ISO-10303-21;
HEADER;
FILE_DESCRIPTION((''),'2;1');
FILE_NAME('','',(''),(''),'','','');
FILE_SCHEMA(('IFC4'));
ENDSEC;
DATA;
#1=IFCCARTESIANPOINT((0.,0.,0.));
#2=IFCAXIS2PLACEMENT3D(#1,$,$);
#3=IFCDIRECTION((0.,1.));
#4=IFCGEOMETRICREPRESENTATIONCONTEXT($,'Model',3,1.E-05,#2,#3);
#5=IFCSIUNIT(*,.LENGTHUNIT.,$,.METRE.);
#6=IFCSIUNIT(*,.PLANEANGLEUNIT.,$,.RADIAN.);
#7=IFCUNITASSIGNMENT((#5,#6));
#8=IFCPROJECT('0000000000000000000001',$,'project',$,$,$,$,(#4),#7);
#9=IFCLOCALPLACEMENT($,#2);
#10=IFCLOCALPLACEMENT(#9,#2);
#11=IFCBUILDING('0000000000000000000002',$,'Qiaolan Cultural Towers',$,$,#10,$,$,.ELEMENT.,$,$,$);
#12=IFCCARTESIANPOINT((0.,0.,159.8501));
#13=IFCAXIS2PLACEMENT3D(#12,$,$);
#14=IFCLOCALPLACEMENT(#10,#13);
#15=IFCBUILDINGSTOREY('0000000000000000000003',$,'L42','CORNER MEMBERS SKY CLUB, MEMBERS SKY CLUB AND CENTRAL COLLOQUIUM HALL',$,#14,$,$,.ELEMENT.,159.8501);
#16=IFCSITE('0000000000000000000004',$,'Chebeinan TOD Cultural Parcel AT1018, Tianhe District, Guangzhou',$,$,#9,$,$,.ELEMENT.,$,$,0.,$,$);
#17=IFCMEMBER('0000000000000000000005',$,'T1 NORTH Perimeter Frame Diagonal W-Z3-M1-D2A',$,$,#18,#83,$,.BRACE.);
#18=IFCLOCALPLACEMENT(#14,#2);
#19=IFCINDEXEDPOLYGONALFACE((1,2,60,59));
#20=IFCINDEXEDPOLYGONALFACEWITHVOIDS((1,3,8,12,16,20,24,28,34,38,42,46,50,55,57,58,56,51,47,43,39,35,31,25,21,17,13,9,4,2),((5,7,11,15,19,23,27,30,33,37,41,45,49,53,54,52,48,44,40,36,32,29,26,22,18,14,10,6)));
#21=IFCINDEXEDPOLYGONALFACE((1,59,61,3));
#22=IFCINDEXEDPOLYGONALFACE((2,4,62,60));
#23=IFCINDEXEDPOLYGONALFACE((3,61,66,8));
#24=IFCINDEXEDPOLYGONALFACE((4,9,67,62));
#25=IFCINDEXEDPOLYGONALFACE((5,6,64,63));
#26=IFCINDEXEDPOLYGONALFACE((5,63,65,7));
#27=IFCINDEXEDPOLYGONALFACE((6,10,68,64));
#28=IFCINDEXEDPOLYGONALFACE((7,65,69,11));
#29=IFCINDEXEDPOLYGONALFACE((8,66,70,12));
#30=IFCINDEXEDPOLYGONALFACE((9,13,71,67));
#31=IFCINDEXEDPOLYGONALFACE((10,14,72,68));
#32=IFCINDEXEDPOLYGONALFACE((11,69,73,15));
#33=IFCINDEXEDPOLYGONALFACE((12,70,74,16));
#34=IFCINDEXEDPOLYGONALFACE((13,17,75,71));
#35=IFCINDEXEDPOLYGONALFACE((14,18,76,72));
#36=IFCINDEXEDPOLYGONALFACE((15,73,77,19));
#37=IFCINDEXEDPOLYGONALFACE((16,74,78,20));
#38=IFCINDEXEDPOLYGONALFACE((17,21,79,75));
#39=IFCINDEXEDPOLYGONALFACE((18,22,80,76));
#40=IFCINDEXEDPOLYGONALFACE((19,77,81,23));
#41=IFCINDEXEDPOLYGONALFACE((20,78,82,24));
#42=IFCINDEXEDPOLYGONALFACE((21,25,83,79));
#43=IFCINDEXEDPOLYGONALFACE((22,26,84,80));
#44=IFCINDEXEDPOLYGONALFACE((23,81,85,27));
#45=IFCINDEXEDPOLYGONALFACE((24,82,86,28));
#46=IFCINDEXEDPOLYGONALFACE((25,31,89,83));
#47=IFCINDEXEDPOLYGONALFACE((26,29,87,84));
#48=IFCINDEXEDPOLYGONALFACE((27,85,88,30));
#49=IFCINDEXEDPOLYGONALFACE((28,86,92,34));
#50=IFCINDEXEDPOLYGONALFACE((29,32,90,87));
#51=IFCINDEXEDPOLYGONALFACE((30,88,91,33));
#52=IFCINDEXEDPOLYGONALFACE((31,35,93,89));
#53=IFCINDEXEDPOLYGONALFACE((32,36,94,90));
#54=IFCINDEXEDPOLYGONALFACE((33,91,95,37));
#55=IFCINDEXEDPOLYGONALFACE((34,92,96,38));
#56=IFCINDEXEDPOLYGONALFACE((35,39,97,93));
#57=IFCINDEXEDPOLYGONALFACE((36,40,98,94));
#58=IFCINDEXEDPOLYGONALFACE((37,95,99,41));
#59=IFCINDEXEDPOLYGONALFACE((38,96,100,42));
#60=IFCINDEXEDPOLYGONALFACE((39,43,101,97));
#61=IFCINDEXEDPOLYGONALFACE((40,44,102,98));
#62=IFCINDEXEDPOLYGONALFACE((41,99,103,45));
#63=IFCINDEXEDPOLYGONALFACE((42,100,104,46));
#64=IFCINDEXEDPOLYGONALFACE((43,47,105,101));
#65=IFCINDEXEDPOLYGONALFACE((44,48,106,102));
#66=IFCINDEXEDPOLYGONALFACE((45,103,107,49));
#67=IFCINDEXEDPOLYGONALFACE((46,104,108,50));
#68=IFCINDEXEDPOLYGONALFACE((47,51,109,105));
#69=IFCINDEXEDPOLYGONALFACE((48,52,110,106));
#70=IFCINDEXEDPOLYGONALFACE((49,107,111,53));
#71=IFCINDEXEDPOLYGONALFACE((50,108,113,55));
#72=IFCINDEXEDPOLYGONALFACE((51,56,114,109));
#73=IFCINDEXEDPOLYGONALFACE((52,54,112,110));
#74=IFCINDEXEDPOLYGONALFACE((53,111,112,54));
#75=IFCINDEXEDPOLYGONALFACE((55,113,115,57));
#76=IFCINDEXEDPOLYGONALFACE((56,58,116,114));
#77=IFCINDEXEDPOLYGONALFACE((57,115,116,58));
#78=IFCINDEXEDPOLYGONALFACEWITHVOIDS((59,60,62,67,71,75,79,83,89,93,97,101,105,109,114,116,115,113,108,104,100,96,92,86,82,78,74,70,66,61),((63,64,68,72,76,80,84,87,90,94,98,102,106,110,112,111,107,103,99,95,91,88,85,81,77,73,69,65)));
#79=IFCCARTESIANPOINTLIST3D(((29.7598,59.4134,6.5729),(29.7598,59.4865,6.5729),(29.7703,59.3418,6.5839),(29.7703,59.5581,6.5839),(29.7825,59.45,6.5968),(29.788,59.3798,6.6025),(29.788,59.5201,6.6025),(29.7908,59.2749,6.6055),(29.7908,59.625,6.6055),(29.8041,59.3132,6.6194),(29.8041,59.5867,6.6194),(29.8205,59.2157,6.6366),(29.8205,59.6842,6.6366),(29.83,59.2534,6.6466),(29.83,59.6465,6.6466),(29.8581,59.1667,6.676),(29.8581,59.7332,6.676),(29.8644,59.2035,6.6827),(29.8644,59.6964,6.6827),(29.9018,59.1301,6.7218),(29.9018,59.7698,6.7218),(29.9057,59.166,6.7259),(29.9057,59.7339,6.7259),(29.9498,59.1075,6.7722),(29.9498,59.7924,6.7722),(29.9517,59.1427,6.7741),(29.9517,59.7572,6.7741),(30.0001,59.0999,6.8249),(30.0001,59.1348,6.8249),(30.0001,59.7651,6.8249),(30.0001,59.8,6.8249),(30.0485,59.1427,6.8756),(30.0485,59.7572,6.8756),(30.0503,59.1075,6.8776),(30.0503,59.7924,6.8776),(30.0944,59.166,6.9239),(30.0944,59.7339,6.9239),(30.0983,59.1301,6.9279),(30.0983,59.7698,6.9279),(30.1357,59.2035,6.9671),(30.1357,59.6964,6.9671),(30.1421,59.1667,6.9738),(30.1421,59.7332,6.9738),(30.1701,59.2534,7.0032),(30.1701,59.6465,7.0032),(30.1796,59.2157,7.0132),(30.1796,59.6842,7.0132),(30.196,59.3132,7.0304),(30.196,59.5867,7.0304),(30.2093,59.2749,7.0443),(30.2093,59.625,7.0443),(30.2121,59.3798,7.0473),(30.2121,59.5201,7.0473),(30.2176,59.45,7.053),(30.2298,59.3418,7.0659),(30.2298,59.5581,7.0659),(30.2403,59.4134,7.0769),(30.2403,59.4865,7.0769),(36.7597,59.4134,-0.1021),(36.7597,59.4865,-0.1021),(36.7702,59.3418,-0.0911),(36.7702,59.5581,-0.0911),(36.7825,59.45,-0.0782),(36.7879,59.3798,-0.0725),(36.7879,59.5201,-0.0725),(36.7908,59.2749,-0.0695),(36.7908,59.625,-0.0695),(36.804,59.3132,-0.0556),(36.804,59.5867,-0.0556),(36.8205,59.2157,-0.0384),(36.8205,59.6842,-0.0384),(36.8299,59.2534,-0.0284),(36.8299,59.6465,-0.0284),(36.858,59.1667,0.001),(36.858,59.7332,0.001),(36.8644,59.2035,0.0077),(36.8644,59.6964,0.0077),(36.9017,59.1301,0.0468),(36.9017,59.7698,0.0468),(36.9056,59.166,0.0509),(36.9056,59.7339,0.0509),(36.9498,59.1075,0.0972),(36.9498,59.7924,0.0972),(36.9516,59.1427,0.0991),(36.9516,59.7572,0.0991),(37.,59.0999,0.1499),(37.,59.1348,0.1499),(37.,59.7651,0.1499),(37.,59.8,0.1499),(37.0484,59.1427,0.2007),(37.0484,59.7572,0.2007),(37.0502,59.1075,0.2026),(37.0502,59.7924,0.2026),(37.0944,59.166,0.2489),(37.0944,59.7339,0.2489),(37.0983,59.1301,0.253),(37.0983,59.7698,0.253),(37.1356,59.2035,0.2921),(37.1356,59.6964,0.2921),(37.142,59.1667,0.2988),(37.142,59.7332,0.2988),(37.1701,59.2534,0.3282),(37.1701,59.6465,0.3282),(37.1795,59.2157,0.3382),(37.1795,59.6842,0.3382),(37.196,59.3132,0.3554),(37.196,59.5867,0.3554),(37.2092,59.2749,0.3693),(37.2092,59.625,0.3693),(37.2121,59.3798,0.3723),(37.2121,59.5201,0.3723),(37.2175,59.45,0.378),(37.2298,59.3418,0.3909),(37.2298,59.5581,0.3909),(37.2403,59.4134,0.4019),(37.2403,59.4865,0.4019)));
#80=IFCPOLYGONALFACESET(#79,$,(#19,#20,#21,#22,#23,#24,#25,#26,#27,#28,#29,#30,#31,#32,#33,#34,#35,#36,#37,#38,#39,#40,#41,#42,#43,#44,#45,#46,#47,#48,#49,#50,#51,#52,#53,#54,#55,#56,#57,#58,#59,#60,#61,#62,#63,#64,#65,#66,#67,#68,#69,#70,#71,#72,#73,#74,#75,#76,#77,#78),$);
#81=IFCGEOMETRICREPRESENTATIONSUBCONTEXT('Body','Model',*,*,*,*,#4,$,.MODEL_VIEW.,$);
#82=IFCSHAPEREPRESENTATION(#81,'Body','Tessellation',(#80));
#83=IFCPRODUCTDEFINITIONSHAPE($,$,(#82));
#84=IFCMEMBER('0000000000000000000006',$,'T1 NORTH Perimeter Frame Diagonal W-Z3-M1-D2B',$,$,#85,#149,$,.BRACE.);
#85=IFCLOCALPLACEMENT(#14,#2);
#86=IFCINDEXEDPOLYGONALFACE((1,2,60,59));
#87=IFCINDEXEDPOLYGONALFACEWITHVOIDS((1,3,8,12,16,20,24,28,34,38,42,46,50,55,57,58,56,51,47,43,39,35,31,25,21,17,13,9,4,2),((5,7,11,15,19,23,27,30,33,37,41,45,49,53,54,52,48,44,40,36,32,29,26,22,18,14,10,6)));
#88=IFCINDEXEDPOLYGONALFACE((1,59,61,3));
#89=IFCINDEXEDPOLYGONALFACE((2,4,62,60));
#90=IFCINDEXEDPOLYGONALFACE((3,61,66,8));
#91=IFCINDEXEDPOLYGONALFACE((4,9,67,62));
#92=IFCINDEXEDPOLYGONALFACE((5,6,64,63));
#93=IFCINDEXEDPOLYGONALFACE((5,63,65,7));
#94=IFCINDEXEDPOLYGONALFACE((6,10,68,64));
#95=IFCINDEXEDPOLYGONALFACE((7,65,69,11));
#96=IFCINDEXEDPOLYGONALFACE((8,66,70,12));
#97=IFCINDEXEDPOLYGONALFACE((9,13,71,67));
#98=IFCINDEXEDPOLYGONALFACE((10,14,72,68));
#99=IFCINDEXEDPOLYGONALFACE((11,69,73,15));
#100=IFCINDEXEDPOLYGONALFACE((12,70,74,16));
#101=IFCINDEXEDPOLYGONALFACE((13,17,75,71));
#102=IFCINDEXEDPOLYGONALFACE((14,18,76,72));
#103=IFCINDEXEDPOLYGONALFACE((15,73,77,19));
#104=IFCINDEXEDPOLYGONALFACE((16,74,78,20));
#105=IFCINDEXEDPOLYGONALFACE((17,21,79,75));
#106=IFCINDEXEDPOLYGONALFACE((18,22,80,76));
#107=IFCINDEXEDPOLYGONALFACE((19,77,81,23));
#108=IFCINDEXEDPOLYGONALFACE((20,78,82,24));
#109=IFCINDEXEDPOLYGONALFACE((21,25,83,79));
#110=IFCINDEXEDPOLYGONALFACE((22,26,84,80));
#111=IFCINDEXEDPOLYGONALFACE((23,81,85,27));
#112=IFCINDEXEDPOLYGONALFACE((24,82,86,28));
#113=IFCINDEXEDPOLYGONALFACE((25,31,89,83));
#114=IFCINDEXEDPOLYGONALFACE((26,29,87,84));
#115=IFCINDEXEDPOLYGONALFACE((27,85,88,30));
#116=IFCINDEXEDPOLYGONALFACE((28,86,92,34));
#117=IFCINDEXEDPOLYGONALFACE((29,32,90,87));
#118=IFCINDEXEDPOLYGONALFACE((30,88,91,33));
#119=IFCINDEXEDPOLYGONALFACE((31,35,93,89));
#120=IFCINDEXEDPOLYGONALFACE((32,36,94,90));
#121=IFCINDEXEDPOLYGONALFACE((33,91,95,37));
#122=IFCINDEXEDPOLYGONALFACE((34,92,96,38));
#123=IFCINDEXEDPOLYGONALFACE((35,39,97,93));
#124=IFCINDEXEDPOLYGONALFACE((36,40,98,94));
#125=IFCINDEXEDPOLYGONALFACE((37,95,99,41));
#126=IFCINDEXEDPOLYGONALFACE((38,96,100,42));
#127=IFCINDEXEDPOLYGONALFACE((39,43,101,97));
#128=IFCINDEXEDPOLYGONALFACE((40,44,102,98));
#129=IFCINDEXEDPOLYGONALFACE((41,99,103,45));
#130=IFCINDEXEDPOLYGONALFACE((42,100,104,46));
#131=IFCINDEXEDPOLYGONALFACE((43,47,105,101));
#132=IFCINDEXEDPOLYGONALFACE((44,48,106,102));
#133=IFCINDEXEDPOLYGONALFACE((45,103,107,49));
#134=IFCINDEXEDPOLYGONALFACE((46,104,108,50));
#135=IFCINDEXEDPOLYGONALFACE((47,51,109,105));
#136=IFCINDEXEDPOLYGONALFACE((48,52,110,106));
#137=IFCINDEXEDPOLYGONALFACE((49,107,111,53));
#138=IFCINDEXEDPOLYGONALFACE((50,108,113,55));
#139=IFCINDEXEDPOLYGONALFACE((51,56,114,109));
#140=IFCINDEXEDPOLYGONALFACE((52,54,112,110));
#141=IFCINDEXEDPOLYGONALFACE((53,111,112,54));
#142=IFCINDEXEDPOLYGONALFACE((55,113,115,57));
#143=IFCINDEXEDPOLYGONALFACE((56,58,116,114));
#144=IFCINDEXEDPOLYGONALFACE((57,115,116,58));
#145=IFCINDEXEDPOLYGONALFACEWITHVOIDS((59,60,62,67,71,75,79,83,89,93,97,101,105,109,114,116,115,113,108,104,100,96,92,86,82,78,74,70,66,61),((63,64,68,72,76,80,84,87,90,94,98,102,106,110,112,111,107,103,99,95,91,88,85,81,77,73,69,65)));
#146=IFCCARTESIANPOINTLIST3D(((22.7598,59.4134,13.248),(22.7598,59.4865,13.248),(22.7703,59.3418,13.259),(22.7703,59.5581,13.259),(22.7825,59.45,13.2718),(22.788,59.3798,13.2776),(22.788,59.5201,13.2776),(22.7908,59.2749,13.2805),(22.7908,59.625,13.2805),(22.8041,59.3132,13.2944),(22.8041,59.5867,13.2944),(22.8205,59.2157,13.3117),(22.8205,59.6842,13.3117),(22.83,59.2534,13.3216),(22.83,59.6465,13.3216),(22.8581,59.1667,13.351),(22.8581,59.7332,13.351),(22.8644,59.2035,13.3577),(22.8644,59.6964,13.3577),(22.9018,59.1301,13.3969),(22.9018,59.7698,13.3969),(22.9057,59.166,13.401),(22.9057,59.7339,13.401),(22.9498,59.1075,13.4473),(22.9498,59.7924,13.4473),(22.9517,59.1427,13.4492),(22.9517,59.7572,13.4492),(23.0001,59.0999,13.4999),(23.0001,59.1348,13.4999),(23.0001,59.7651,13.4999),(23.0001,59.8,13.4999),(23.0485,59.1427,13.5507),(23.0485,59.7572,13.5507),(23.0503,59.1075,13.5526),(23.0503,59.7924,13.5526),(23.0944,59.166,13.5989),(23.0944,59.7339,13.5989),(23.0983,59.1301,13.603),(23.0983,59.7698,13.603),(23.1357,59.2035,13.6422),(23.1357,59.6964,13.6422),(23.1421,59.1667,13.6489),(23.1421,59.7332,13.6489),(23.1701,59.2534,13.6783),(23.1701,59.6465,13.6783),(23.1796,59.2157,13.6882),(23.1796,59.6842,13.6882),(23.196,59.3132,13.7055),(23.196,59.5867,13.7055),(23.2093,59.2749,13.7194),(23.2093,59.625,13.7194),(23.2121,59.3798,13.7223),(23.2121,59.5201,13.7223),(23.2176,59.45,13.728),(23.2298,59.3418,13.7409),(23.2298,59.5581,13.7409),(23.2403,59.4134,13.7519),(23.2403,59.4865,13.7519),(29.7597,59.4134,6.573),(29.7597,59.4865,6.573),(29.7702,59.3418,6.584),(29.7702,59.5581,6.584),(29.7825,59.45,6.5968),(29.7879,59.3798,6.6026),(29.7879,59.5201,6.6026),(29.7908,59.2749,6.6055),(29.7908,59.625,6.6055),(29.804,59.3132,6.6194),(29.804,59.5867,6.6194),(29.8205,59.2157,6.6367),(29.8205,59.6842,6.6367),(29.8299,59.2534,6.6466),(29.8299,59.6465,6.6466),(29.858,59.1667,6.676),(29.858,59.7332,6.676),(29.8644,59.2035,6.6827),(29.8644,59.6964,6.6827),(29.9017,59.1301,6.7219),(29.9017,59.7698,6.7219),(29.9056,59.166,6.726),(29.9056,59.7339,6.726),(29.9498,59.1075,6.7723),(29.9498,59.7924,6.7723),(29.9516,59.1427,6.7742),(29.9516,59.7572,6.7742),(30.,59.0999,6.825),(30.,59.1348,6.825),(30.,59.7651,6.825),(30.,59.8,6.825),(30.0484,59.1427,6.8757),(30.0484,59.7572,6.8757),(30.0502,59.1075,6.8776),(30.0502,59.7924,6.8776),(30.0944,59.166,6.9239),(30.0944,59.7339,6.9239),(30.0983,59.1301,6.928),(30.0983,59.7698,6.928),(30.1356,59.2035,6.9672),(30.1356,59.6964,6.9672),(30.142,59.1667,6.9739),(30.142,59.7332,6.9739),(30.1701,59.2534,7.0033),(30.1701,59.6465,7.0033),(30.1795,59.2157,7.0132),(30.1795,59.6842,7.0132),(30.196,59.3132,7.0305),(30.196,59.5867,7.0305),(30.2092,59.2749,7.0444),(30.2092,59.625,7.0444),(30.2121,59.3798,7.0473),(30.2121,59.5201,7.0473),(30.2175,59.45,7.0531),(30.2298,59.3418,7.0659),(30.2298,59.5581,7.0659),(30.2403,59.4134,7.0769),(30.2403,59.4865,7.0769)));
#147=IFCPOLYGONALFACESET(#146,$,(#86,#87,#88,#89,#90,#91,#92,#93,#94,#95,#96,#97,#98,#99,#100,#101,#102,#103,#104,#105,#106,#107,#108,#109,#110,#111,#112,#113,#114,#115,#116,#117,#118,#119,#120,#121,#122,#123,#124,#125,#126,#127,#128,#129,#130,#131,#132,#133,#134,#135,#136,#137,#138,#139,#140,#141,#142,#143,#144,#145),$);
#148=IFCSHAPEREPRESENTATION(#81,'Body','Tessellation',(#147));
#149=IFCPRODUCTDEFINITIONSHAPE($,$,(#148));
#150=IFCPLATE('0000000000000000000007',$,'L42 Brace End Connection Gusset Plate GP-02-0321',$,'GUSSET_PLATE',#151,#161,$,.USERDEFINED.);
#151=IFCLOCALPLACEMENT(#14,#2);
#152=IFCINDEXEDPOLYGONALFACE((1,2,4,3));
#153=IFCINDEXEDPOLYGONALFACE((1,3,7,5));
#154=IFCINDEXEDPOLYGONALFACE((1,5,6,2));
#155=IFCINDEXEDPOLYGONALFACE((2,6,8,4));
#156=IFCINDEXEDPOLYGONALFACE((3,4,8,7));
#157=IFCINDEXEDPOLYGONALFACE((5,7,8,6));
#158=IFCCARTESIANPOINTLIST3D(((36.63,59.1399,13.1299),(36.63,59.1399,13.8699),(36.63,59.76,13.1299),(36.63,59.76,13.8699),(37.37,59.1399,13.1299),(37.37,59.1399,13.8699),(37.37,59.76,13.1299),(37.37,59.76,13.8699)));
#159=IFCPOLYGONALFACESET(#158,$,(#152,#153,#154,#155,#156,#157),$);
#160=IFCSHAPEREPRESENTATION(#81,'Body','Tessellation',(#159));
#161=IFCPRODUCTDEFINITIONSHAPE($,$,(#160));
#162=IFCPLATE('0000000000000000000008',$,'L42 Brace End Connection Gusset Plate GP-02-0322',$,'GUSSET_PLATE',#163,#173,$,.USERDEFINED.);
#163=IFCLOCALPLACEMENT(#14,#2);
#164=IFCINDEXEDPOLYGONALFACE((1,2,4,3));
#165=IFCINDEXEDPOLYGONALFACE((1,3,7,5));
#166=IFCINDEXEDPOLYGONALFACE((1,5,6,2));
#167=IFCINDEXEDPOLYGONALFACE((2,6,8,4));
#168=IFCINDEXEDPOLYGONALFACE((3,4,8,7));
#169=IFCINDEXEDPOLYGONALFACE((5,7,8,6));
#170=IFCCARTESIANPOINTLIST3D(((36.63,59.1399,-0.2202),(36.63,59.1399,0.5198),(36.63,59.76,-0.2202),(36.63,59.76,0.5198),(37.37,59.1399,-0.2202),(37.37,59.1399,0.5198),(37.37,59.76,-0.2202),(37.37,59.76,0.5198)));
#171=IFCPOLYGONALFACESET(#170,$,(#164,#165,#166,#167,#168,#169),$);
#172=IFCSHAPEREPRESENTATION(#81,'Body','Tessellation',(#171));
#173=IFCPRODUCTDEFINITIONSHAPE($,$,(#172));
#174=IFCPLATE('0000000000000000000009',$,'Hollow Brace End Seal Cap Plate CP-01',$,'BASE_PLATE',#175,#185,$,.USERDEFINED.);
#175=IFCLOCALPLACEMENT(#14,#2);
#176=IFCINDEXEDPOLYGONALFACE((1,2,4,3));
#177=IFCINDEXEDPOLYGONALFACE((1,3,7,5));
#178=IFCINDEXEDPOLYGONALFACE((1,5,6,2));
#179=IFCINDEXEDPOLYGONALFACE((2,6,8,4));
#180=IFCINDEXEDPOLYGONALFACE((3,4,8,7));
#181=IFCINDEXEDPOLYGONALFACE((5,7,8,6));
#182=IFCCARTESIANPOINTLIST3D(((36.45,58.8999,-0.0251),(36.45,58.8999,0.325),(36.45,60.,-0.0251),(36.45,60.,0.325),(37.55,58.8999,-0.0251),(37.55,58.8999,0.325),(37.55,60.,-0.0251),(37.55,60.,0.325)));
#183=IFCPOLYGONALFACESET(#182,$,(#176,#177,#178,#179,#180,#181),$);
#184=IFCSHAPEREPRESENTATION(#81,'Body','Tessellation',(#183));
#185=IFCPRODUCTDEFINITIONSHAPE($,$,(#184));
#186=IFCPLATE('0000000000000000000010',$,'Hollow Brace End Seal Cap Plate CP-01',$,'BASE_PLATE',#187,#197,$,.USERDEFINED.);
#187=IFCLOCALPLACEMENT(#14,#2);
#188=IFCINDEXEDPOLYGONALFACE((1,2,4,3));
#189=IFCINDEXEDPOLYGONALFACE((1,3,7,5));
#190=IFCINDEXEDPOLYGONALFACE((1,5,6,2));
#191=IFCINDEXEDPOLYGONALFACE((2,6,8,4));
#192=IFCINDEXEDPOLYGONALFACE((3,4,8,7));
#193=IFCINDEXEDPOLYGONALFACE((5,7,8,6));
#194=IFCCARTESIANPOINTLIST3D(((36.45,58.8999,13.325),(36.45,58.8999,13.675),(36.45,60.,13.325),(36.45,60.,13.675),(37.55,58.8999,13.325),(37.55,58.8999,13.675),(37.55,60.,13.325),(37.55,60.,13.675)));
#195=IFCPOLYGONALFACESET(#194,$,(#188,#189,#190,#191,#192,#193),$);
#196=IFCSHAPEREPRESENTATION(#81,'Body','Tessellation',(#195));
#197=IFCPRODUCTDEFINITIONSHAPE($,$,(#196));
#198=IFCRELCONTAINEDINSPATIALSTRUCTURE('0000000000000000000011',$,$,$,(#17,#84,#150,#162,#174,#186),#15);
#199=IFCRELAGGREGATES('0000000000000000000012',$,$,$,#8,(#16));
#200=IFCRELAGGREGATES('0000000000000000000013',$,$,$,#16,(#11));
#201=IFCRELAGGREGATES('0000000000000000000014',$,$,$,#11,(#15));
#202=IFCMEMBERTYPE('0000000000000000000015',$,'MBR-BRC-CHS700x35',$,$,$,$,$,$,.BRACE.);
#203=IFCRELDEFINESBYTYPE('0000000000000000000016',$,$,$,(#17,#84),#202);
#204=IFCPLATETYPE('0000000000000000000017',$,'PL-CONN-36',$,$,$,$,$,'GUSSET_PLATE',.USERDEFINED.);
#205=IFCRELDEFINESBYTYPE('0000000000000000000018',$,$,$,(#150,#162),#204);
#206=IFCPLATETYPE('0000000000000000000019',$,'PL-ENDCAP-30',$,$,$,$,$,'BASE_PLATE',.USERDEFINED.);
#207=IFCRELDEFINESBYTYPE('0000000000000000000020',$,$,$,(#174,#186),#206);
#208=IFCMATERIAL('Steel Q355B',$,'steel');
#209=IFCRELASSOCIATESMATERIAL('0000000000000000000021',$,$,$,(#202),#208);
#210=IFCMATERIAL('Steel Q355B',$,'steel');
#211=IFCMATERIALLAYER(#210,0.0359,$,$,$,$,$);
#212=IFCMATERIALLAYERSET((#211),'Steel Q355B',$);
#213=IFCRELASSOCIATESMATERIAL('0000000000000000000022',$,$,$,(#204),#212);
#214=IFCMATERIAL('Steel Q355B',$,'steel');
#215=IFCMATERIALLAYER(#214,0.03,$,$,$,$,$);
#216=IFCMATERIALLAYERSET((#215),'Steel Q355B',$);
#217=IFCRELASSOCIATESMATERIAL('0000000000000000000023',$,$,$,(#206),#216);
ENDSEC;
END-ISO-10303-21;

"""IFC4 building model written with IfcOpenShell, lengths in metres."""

from ifc_helpers import new_model, si_unit, direction, frame, origin, origin_2d, place, context, subcontext, project, spatial, rectangle, hollow_circle, extrude, material, layer, layer_set, material_profile, profile_set, type_object, element, save


model = new_model("IFC4")

# Units and contexts
model_context = context("Model", 3, precision=1e-05, world=origin(), true_north=direction((0.0, 1.0)))
body_context = subcontext(model_context, "Body", "Model", "MODEL_VIEW")
ifc_project = project(units=[si_unit("LENGTHUNIT", "METRE"), si_unit("PLANEANGLEUNIT", "RADIAN")], contexts=[model_context])

# Site, building, storey
site_placement = place(None, origin())
site = spatial("IfcSite", under=ifc_project, at=site_placement, Name="Chebeinan TOD Cultural Parcel AT1018, Tianhe District, Guangzhou", CompositionType="ELEMENT", RefElevation=0.0)
building_placement = place(site_placement, origin())
building = spatial("IfcBuilding", under=site, at=building_placement, Name="Qiaolan Cultural Towers", CompositionType="ELEMENT")
storey_placement = place(building_placement, frame((0.0, 0.0, 159.8501)))
storey = spatial("IfcBuildingStorey", under=building, at=storey_placement, Name="L42", Description="CORNER MEMBERS SKY CLUB, MEMBERS SKY CLUB AND CENTRAL COLLOQUIUM HALL", CompositionType="ELEMENT", Elevation=159.8501)

# Members
ifc_material_1 = material(Name="Steel Q355B", Category="steel")
ifc_material_profile_1 = material_profile(ifc_material_1, hollow_circle(Radius=0.3501, WallThickness=0.0349, at=origin_2d()), Name="CHS700x35")
ifc_profile_set_1 = profile_set([ifc_material_profile_1], Name="Steel Q355B")
member_type = type_object("IfcMemberType", Name="MBR-BRC-CHS700x35", PredefinedType="BRACE", material=ifc_profile_set_1)
for number, where, z_axis, x_axis, name in (
    (1, (37.0, 59.45, 0.1499), (-0.723705, 0.0, 0.690109), (0.0, -1.0, 0.0), "T1 NORTH Perimeter Frame Diagonal W-Z3-M1-D2A"),
    (2, (30.0, 59.45, 6.825), (-0.723705, 0.0, 0.690109), (0.0, -1.0, 0.0), "T1 NORTH Perimeter Frame Diagonal W-Z3-M1-D2B"),
):
    element("IfcMember", number, at=place(storey_placement, frame(where, z_axis=z_axis, x_axis=x_axis)), inside=storey, type_object=member_type, Name=name, PredefinedType="BRACE", context=body_context, shape_type="SweptSolid", body=[
        extrude(hollow_circle(Radius=0.3501, WallThickness=0.0349, at=origin_2d()), origin(), (0.0, 0.0, 1.0), 9.6724),
    ])

# Plates
ifc_material_2 = material(Name="Steel Q355B", Category="steel")
ifc_layer_1 = layer(ifc_material_2, 0.0359)
ifc_layer_set_1 = layer_set([ifc_layer_1], Name="Steel Q355B")
plate_type_1 = type_object("IfcPlateType", Name="PL-CONN-36", ElementType="GUSSET_PLATE", PredefinedType="USERDEFINED", material=ifc_layer_set_1)
for number, where, z_axis, x_axis, name in (
    (3, (37.0, 59.45, 13.1299), (0.0, 0.0, 1.0), (1.0, 0.0, 0.0), "L42 Brace End Connection Gusset Plate GP-02-0321"),
    (4, (37.0, 59.45, -0.2202), (0.0, 0.0, 1.0), (1.0, 0.0, 0.0), "L42 Brace End Connection Gusset Plate GP-02-0322"),
):
    element("IfcPlate", number, at=place(storey_placement, frame(where, z_axis=z_axis, x_axis=x_axis)), inside=storey, type_object=plate_type_1, Name=name, ObjectType="GUSSET_PLATE", PredefinedType="USERDEFINED", context=body_context, shape_type="SweptSolid", body=[
        extrude(rectangle(XDim=0.74, YDim=0.6201, at=origin_2d()), origin(), (0.0, 0.0, 1.0), 0.74),
    ])
ifc_material_3 = material(Name="Steel Q355B", Category="steel")
ifc_layer_2 = layer(ifc_material_3, 0.03)
ifc_layer_set_2 = layer_set([ifc_layer_2], Name="Steel Q355B")
plate_type_2 = type_object("IfcPlateType", Name="PL-ENDCAP-30", ElementType="BASE_PLATE", PredefinedType="USERDEFINED", material=ifc_layer_set_2)
for number, where, z_axis, x_axis, name in (
    (5, (37.0, 59.45, -0.0251), (0.0, 0.0, 1.0), (1.0, 0.0, 0.0), "Hollow Brace End Seal Cap Plate CP-01"),
    (6, (37.0, 59.45, 13.325), (0.0, 0.0, 1.0), (1.0, 0.0, 0.0), "Hollow Brace End Seal Cap Plate CP-01"),
):
    element("IfcPlate", number, at=place(storey_placement, frame(where, z_axis=z_axis, x_axis=x_axis)), inside=storey, type_object=plate_type_2, Name=name, ObjectType="BASE_PLATE", PredefinedType="USERDEFINED", context=body_context, shape_type="SweptSolid", body=[
        extrude(rectangle(XDim=1.1001, YDim=1.1001, at=origin_2d()), origin(), (0.0, 0.0, 1.0), 0.3501),
    ])

save(model, "model.ifc")
